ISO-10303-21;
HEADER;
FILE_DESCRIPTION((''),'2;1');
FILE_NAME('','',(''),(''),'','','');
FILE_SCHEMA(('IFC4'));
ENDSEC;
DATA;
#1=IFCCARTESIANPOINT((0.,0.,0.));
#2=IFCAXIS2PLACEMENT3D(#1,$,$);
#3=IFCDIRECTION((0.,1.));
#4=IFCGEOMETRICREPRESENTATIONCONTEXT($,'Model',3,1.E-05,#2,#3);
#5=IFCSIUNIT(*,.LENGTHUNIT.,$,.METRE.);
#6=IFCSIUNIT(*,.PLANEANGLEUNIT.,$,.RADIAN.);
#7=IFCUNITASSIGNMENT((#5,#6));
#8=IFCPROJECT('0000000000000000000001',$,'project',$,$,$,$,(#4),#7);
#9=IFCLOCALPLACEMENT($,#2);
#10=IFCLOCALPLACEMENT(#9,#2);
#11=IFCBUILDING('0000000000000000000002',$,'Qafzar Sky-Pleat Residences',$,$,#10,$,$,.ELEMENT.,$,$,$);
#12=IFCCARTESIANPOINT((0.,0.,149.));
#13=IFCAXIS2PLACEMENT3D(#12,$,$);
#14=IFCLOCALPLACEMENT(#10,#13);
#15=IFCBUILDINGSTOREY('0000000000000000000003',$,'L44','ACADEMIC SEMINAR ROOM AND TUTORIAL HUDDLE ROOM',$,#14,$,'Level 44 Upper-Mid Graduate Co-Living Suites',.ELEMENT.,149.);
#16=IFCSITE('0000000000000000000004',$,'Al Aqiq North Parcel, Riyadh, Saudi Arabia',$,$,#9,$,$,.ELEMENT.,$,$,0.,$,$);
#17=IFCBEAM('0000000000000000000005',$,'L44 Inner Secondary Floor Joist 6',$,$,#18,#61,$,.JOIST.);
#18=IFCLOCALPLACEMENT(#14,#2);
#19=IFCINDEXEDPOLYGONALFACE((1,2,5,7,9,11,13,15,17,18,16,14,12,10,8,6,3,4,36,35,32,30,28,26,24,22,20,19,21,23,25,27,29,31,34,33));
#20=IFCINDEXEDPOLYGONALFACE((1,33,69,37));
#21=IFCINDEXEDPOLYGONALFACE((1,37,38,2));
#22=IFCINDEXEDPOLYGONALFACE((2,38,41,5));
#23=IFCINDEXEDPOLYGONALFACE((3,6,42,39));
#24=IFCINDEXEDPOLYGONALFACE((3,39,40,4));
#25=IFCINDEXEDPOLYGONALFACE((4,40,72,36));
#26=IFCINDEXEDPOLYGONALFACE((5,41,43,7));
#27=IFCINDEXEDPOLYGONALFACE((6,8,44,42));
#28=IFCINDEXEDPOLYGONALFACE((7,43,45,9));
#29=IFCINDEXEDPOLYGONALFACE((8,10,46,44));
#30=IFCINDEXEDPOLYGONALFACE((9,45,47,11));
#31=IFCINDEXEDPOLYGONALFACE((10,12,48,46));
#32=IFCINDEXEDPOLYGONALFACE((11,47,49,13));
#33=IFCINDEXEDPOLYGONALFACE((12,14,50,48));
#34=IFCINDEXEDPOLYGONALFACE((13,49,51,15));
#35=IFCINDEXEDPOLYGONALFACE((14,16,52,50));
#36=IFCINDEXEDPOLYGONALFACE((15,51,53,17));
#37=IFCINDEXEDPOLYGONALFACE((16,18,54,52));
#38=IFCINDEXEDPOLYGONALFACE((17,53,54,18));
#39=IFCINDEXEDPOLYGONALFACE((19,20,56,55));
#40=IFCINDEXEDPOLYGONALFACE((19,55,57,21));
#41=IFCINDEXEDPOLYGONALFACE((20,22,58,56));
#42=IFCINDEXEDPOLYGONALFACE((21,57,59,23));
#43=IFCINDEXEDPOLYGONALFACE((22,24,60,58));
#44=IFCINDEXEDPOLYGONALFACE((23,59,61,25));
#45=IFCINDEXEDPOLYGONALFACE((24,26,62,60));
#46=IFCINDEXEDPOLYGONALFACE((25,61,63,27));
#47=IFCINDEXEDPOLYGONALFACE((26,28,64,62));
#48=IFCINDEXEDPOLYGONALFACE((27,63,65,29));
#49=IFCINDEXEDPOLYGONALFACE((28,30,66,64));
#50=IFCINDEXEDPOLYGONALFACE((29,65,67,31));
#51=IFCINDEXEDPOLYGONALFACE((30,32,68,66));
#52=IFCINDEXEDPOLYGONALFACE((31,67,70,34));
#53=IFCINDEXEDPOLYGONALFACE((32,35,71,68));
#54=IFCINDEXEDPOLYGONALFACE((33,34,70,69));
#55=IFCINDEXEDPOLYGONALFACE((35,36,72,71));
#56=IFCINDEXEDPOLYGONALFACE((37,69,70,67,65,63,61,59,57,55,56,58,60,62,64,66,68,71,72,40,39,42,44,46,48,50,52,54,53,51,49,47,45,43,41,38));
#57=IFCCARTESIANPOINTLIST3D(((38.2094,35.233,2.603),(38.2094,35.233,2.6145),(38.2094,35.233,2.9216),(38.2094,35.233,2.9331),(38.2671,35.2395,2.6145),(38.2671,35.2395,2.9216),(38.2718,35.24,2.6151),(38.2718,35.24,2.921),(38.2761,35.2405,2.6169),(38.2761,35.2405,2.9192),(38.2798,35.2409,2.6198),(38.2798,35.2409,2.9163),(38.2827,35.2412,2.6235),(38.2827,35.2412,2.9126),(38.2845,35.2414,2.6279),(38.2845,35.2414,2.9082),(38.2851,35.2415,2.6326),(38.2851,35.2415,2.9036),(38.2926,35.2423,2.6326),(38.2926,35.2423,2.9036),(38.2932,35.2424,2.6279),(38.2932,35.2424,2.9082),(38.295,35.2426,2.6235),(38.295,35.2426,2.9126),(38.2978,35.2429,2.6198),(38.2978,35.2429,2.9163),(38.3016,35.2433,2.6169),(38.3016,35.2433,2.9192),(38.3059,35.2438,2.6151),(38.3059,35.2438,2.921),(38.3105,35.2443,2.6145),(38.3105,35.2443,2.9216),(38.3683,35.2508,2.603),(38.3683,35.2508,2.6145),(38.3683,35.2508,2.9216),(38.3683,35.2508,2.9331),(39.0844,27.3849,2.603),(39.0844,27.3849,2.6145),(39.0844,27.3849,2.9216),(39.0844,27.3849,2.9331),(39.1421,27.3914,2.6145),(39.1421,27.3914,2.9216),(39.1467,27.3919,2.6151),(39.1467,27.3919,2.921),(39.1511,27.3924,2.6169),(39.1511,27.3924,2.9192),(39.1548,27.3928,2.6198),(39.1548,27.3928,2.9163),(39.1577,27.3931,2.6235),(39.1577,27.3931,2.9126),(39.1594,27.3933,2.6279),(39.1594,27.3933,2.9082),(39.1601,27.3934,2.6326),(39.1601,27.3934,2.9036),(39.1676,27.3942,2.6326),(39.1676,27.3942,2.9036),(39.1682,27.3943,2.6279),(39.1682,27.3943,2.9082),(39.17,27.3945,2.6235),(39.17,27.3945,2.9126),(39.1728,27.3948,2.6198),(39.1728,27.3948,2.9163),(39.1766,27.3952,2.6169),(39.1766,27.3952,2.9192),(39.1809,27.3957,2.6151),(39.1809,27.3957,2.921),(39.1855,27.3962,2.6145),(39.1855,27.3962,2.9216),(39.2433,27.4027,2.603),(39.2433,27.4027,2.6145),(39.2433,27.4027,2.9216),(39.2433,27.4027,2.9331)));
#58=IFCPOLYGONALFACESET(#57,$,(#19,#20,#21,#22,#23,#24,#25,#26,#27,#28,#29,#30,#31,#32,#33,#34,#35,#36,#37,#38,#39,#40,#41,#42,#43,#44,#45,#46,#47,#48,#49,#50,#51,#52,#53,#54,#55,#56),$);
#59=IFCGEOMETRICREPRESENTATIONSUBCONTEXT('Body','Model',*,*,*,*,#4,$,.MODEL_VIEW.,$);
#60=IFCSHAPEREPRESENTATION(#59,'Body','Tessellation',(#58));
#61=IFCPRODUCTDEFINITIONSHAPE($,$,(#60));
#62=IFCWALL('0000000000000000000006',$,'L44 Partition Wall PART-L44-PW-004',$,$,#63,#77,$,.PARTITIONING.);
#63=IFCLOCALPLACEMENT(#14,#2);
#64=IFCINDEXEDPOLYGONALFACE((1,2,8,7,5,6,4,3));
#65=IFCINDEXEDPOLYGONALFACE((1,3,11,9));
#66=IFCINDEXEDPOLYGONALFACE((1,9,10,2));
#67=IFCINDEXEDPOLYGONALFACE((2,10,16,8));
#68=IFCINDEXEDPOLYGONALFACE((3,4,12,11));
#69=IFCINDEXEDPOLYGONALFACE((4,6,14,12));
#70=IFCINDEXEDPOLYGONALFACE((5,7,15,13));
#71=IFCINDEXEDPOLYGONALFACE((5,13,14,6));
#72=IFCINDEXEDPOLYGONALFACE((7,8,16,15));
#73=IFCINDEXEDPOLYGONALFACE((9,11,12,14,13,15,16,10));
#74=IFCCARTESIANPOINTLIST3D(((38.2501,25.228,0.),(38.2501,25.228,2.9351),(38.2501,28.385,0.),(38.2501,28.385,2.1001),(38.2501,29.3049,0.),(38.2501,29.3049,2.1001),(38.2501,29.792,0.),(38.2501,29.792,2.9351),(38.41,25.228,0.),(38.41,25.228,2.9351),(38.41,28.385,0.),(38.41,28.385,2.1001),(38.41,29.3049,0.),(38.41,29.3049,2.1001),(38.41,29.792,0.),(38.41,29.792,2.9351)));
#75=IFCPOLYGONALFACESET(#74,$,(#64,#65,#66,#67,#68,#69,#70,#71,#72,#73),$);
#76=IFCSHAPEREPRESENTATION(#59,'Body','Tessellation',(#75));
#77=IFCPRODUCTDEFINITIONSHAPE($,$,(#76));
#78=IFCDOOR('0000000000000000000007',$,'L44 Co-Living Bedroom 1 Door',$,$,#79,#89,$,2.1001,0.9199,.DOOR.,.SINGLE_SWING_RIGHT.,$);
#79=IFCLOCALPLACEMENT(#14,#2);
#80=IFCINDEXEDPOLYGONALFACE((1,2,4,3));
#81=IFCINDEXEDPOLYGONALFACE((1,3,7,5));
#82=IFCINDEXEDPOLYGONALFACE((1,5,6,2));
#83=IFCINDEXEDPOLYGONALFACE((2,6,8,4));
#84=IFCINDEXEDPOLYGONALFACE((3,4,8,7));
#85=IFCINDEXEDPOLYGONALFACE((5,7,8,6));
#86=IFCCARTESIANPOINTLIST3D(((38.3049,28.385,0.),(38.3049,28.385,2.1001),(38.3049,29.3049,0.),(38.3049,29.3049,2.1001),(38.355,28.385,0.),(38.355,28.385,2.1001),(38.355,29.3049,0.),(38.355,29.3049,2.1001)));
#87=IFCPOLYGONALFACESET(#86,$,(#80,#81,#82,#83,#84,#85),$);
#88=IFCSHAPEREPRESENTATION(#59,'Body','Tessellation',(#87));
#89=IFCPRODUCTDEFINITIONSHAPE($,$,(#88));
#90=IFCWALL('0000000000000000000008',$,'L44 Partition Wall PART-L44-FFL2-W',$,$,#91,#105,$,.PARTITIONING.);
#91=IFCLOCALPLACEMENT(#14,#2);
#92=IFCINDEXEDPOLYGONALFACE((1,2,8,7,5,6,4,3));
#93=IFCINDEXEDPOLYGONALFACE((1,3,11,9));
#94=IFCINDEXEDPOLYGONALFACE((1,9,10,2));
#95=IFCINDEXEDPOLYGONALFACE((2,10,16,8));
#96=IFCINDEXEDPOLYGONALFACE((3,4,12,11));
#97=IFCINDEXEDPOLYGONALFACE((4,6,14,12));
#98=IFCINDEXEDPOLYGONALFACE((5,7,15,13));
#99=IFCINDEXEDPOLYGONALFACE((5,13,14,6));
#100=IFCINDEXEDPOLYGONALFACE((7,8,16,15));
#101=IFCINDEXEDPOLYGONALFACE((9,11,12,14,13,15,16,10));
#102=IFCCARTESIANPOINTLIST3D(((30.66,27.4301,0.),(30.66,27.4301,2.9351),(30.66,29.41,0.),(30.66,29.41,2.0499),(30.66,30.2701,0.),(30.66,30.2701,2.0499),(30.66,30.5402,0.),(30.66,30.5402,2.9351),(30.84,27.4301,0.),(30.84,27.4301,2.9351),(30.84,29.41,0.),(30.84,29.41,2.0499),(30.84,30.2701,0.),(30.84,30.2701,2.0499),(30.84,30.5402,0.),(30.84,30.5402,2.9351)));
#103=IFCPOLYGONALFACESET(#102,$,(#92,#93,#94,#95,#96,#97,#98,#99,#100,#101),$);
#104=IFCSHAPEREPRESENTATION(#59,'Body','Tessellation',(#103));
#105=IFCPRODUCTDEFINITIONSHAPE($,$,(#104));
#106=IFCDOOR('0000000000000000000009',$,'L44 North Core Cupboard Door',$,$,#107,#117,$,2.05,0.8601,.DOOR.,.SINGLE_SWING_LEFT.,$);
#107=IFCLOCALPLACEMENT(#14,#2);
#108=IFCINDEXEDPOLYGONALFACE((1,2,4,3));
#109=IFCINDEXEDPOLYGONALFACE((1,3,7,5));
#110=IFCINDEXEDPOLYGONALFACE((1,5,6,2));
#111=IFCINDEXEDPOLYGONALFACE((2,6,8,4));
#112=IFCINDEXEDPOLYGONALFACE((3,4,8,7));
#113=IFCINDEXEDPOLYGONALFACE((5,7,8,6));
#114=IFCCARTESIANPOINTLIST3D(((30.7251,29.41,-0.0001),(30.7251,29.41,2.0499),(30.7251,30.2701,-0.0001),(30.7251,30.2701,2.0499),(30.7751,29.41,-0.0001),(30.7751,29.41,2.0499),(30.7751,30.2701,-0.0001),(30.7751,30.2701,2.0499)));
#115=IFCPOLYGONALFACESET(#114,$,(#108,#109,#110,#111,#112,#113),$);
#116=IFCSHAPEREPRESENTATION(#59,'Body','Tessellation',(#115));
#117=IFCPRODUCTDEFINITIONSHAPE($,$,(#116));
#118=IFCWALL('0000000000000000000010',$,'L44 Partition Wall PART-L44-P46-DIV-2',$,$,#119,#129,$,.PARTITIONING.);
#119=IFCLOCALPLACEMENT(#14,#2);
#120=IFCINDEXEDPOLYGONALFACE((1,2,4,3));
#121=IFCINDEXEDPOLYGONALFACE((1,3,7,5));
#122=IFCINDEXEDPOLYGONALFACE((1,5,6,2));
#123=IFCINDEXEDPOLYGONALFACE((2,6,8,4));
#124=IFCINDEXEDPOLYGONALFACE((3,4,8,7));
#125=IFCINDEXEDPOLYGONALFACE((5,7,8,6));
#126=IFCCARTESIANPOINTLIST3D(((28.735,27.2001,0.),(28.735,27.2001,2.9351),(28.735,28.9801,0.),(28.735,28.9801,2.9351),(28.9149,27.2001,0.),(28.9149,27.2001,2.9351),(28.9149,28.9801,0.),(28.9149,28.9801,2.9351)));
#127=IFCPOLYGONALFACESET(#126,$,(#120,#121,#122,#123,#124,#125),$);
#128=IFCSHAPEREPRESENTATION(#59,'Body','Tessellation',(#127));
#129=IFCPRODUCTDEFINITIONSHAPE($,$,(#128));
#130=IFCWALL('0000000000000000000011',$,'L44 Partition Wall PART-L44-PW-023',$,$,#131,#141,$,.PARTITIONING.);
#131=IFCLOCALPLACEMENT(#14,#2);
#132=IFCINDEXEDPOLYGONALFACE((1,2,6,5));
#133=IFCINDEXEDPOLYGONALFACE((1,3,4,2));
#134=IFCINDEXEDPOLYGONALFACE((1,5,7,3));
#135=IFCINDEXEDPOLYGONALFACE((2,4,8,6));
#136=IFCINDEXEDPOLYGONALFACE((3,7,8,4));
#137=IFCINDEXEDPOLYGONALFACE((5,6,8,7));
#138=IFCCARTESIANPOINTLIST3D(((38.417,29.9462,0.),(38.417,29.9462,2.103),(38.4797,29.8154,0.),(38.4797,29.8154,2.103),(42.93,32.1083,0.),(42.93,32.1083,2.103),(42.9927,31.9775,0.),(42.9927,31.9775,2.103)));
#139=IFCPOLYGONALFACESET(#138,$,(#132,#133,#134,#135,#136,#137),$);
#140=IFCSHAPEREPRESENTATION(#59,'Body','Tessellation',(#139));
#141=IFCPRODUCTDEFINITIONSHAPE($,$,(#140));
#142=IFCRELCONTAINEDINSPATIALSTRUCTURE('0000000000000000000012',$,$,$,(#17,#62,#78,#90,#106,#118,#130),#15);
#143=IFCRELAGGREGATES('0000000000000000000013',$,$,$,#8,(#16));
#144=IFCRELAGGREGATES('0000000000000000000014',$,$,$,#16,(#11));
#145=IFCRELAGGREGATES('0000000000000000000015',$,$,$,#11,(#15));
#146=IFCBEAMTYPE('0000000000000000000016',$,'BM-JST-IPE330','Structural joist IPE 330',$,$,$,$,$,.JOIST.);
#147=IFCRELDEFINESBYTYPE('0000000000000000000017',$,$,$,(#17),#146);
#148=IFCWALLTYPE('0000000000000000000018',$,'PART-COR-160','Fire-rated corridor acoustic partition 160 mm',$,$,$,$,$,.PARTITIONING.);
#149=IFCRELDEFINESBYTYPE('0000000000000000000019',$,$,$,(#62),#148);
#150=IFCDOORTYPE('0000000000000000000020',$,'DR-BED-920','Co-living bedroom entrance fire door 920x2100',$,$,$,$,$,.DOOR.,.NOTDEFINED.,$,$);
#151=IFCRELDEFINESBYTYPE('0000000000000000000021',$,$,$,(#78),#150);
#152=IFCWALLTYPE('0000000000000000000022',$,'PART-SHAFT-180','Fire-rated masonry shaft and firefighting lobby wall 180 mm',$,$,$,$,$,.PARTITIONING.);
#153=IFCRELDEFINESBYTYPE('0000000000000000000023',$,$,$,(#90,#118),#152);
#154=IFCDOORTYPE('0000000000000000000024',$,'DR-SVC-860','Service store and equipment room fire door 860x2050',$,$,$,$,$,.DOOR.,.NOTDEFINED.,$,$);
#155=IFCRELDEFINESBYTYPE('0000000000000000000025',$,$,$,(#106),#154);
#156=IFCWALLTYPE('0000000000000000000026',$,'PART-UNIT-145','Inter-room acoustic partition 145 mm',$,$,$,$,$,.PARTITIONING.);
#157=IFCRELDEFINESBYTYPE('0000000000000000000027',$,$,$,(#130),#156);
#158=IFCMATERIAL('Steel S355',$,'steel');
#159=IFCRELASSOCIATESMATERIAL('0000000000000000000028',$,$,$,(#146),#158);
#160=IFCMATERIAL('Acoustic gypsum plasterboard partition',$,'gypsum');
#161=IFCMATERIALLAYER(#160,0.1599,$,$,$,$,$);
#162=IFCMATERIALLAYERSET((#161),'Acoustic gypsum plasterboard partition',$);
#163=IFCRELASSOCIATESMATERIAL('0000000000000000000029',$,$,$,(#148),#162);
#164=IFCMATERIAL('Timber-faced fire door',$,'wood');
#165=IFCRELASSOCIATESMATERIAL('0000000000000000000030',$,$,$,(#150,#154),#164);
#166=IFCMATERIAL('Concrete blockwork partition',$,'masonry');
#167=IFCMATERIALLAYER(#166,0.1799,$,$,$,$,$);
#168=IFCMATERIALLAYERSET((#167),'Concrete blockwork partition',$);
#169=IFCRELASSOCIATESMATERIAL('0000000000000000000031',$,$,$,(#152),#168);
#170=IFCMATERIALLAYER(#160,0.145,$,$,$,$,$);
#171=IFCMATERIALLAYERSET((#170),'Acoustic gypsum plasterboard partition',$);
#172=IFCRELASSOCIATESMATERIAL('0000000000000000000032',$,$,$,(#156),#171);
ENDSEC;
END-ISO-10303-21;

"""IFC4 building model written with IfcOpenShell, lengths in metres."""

from ifc_helpers import new_model, si_unit, direction, frame, frame_2d, origin, origin_2d, place, context, subcontext, project, spatial, rectangle, i_section, extrude, source, transform, mapped, material, layer, layer_set, material_profile, profile_set, type_object, element, fill, save


model = new_model("IFC4")

# Units and contexts
model_context = context("Model", 3, precision=1e-05, world=origin(), true_north=direction((0.0, 1.0)))
body_context = subcontext(model_context, "Body", "Model", "MODEL_VIEW")
ifc_project = project(units=[si_unit("LENGTHUNIT", "METRE"), si_unit("PLANEANGLEUNIT", "RADIAN")], contexts=[model_context])

# Site, building, storey
site_placement = place(None, origin())
site = spatial("IfcSite", under=ifc_project, at=site_placement, Name="Al Aqiq North Parcel, Riyadh, Saudi Arabia", CompositionType="ELEMENT", RefElevation=0.0)
building_placement = place(site_placement, origin())
building = spatial("IfcBuilding", under=site, at=building_placement, Name="Qafzar Sky-Pleat Residences", CompositionType="ELEMENT")
storey_placement = place(building_placement, frame((0.0, 0.0, 149.0)))
storey = spatial("IfcBuildingStorey", under=building, at=storey_placement, Name="L44", Description="ACADEMIC SEMINAR ROOM AND TUTORIAL HUDDLE ROOM", LongName="Level 44 Upper-Mid Graduate Co-Living Suites", CompositionType="ELEMENT", Elevation=149.0)

# Beam
ifc_material_1 = material(Name="Steel S355", Category="steel")
ifc_material_profile = material_profile(ifc_material_1, i_section(OverallWidth=0.1599, OverallDepth=0.3301, WebThickness=0.0076, FlangeThickness=0.0115, FilletRadius=0.0181, at=origin_2d()), Name="IPE 330")
ifc_profile_set = profile_set([ifc_material_profile], Name="Steel S355")
beam_type = type_object("IfcBeamType", Name="BM-JST-IPE330", Description="Structural joist IPE 330", PredefinedType="JOIST", material=ifc_profile_set)
shared_shape_1 = source(origin(), body_context, "Body", "SweptSolid", [
    extrude(i_section(OverallWidth=0.1599, OverallDepth=0.3301, WebThickness=0.0076, FlangeThickness=0.0115, FilletRadius=0.0181, at=origin_2d()), origin(), (0.0, 0.0, 1.0), 7.8967),
])
beam_placement = place(storey_placement, frame((39.1638, 27.3938, 2.7681), z_axis=(-0.110805, 0.993842, 0.0), x_axis=(-0.993842, -0.110805, 0.0)))
element("IfcBeam", 1, at=beam_placement, inside=storey, type_object=beam_type, Name="L44 Inner Secondary Floor Joist 6", PredefinedType="JOIST", context=body_context, shape_type="MappedRepresentation", body=[
    mapped(shared_shape_1, transform((0.0, 0.0, 0.0), x_axis=(1.0, 0.0, 0.0), y_axis=(0.0, 1.0, 0.0), z_axis=(0.0, 0.0, 1.0), scale=1.0)),
])

# Walls, openings, doors
ifc_material_2 = material(Name="Acoustic gypsum plasterboard partition", Category="gypsum")
ifc_layer_1 = layer(ifc_material_2, 0.1599)
ifc_layer_set_1 = layer_set([ifc_layer_1], Name="Acoustic gypsum plasterboard partition")
wall_type_1 = type_object("IfcWallType", Name="PART-COR-160", Description="Fire-rated corridor acoustic partition 160 mm", PredefinedType="PARTITIONING", material=ifc_layer_set_1)
wall_1_placement = place(storey_placement, frame((38.3301, 29.792, 0.0), z_axis=(0.0, 0.0, 1.0), x_axis=(0.0, -1.0, 0.0)))
wall_1 = element("IfcWall", 2, at=wall_1_placement, inside=storey, type_object=wall_type_1, Name="L44 Partition Wall PART-L44-PW-004", PredefinedType="PARTITIONING", context=body_context, shape_type="SweptSolid", body=[
    extrude(rectangle(XDim=4.564, YDim=0.1599, at=frame_2d((2.282, 0.0))), origin(), (0.0, 0.0, 1.0), 2.9351),
])
opening_1_placement = place(wall_1_placement, frame((0.4871, 0.0, 0.0)))
opening_1 = element("IfcOpeningElement", 3, at=opening_1_placement, cuts=wall_1, PredefinedType="OPENING", context=body_context, shape_type="SweptSolid", body=[
    extrude(rectangle(XDim=0.9199, YDim=2.1001, at=frame_2d((0.46, 1.05))), frame((0.0, 0.0898, 0.0), z_axis=(0.0, -1.0, 0.0), x_axis=(1.0, 0.0, 0.0)), (0.0, 0.0, 1.0), 0.1799),
])
ifc_material_3 = material(Name="Timber-faced fire door", Category="wood")
door_type_1 = type_object("IfcDoorType", Name="DR-BED-920", Description="Co-living bedroom entrance fire door 920x2100", OperationType="NOTDEFINED", PredefinedType="DOOR", material=ifc_material_3)
shared_shape_2 = source(origin(), body_context, "Body", "SweptSolid", [
    extrude(rectangle(XDim=0.9199, YDim=2.1001, at=frame_2d((0.46, 1.05))), frame((0.0, 0.0249, 0.0), z_axis=(0.0, -1.0, 0.0), x_axis=(1.0, 0.0, 0.0)), (0.0, 0.0, 1.0), 0.05),
])
door_1_placement = place(opening_1_placement, origin())
door_1 = element("IfcDoor", 4, at=door_1_placement, inside=storey, type_object=door_type_1, Name="L44 Co-Living Bedroom 1 Door", OperationType="SINGLE_SWING_RIGHT", OverallHeight=2.1001, OverallWidth=0.9199, PredefinedType="DOOR", context=body_context, shape_type="MappedRepresentation", body=[
    mapped(shared_shape_2, transform((0.0, 0.0, 0.0), x_axis=(1.0, 0.0, 0.0), y_axis=(0.0, 1.0, 0.0), z_axis=(0.0, 0.0, 1.0), scale=1.0)),
])
fill(opening_1, door_1)
ifc_material_4 = material(Name="Concrete blockwork partition", Category="masonry")
ifc_layer_2 = layer(ifc_material_4, 0.1799)
ifc_layer_set_2 = layer_set([ifc_layer_2], Name="Concrete blockwork partition")
wall_type_2 = type_object("IfcWallType", Name="PART-SHAFT-180", Description="Fire-rated masonry shaft and firefighting lobby wall 180 mm", PredefinedType="PARTITIONING", material=ifc_layer_set_2)
wall_2_placement = place(storey_placement, frame((30.75, 27.4299, 0.0), z_axis=(0.0, 0.0, 1.0), x_axis=(0.0, 1.0, 0.0)))
wall_2 = element("IfcWall", 5, at=wall_2_placement, inside=storey, type_object=wall_type_2, Name="L44 Partition Wall PART-L44-FFL2-W", PredefinedType="PARTITIONING", context=body_context, shape_type="SweptSolid", body=[
    extrude(rectangle(XDim=3.1101, YDim=0.1799, at=frame_2d((1.5552, 0.0))), origin(), (0.0, 0.0, 1.0), 2.9351),
])
opening_2_placement = place(wall_2_placement, frame((1.98, 0.0, 0.0)))
opening_2 = element("IfcOpeningElement", 6, at=opening_2_placement, cuts=wall_2, PredefinedType="OPENING", context=body_context, shape_type="SweptSolid", body=[
    extrude(rectangle(XDim=0.8601, YDim=2.05, at=frame_2d((0.4302, 1.0249))), frame((0.0, 0.1001, 0.0), z_axis=(0.0, -1.0, 0.0), x_axis=(1.0, 0.0, 0.0)), (0.0, 0.0, 1.0), 0.2),
])
door_type_2 = type_object("IfcDoorType", Name="DR-SVC-860", Description="Service store and equipment room fire door 860x2050", OperationType="NOTDEFINED", PredefinedType="DOOR", material=ifc_material_3)
shared_shape_3 = source(origin(), body_context, "Body", "SweptSolid", [
    extrude(rectangle(XDim=0.8601, YDim=2.05, at=frame_2d((0.4302, 1.0249))), frame((0.0, 0.0249, 0.0), z_axis=(0.0, -1.0, 0.0), x_axis=(1.0, 0.0, 0.0)), (0.0, 0.0, 1.0), 0.05),
])
door_2_placement = place(opening_2_placement, origin())
door_2 = element("IfcDoor", 7, at=door_2_placement, inside=storey, type_object=door_type_2, Name="L44 North Core Cupboard Door", OperationType="SINGLE_SWING_LEFT", OverallHeight=2.05, OverallWidth=0.8601, PredefinedType="DOOR", context=body_context, shape_type="MappedRepresentation", body=[
    mapped(shared_shape_3, transform((0.0, 0.0, 0.0), x_axis=(1.0, 0.0, 0.0), y_axis=(0.0, 1.0, 0.0), z_axis=(0.0, 0.0, 1.0), scale=1.0)),
])
fill(opening_2, door_2)

# Walls
wall_3_placement = place(storey_placement, frame((28.825, 27.2, 0.0), z_axis=(0.0, 0.0, 1.0), x_axis=(0.0, 1.0, 0.0)))
element("IfcWall", 8, at=wall_3_placement, inside=storey, type_object=wall_type_2, Name="L44 Partition Wall PART-L44-P46-DIV-2", PredefinedType="PARTITIONING", context=body_context, shape_type="SweptSolid", body=[
    extrude(rectangle(XDim=1.78, YDim=0.1799, at=frame_2d((0.8901, 0.0))), origin(), (0.0, 0.0, 1.0), 2.9351),
])
ifc_layer_3 = layer(ifc_material_2, 0.145)
ifc_layer_set_3 = layer_set([ifc_layer_3], Name="Acoustic gypsum plasterboard partition")
wall_type_3 = type_object("IfcWallType", Name="PART-UNIT-145", Description="Inter-room acoustic partition 145 mm", PredefinedType="PARTITIONING", material=ifc_layer_set_3)
wall_4_placement = place(storey_placement, frame((38.4485, 29.8809, 0.0), z_axis=(0.0, 0.0, 1.0), x_axis=(0.901843, 0.432065, 0.0)))
element("IfcWall", 9, at=wall_4_placement, inside=storey, type_object=wall_type_3, Name="L44 Partition Wall PART-L44-PW-023", PredefinedType="PARTITIONING", context=body_context, shape_type="SweptSolid", body=[
    extrude(rectangle(XDim=5.0042, YDim=0.145, at=frame_2d((2.502, 0.0))), origin(), (0.0, 0.0, 1.0), 2.103),
])

save(model, "model.ifc")
